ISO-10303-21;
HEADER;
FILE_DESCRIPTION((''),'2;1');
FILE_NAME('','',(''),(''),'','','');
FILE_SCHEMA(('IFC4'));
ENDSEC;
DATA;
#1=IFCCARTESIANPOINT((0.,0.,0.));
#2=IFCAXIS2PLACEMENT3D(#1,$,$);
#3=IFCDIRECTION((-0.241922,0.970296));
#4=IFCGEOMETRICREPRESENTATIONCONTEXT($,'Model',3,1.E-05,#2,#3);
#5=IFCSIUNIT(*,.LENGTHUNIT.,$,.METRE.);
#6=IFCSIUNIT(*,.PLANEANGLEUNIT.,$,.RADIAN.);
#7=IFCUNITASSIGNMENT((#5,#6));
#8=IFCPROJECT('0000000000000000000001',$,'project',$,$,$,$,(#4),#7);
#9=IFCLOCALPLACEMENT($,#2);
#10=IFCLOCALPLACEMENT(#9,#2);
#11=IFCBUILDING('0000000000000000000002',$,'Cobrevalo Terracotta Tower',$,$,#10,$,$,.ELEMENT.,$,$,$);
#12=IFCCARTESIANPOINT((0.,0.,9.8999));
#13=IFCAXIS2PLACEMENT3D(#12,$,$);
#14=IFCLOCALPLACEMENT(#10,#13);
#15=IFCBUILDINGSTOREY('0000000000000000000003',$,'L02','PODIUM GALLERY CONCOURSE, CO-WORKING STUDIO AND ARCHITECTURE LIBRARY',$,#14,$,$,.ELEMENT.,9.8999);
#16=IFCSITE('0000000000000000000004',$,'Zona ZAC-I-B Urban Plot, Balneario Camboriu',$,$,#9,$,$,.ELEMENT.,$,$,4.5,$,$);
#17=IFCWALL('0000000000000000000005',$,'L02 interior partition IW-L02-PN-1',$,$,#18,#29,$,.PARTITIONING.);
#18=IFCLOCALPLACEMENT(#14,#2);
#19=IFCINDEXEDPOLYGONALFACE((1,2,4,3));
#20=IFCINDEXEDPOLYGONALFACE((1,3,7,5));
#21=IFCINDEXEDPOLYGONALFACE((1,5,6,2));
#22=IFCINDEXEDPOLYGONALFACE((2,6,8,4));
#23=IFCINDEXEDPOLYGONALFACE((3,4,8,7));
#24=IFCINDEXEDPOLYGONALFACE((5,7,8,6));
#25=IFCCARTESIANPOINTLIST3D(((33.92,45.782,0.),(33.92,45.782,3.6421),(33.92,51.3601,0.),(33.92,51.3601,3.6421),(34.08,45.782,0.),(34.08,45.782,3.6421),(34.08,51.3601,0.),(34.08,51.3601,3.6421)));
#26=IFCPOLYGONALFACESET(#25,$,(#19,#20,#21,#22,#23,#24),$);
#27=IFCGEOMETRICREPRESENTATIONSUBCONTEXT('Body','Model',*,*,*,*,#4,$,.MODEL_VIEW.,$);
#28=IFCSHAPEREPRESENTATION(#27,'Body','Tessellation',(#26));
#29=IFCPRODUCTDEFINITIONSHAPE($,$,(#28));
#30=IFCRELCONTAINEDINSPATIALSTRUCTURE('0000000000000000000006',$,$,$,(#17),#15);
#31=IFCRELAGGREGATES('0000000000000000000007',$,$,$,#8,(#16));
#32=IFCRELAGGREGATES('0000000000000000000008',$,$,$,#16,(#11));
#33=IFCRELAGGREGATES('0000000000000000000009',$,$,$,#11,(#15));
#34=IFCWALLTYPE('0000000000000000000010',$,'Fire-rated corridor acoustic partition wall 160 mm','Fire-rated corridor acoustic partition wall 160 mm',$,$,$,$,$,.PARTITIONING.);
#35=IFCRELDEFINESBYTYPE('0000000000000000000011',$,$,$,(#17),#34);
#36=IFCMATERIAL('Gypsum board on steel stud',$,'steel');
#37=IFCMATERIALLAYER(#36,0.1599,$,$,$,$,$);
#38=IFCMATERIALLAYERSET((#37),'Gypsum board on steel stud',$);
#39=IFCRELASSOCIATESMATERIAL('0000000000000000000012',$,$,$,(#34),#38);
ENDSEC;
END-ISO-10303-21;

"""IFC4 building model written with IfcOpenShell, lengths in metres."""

from ifc_helpers import new_model, si_unit, direction, frame, frame_2d, origin, place, context, subcontext, project, spatial, rectangle, extrude, material, layer, layer_set, type_object, element, save


model = new_model("IFC4")

# Units and contexts
model_context = context("Model", 3, precision=1e-05, world=origin(), true_north=direction((-0.241922, 0.970296)))
body_context = subcontext(model_context, "Body", "Model", "MODEL_VIEW")
ifc_project = project(units=[si_unit("LENGTHUNIT", "METRE"), si_unit("PLANEANGLEUNIT", "RADIAN")], contexts=[model_context])

# Site, building, storey
site_placement = place(None, origin())
site = spatial("IfcSite", under=ifc_project, at=site_placement, Name="Zona ZAC-I-B Urban Plot, Balneario Camboriu", CompositionType="ELEMENT", RefElevation=4.5)
building_placement = place(site_placement, origin())
building = spatial("IfcBuilding", under=site, at=building_placement, Name="Cobrevalo Terracotta Tower", CompositionType="ELEMENT")
storey_placement = place(building_placement, frame((0.0, 0.0, 9.8999)))
storey = spatial("IfcBuildingStorey", under=building, at=storey_placement, Name="L02", Description="PODIUM GALLERY CONCOURSE, CO-WORKING STUDIO AND ARCHITECTURE LIBRARY", CompositionType="ELEMENT", Elevation=9.8999)

# Wall
ifc_material_1 = material(Name="Gypsum board on steel stud", Category="steel")
ifc_layer_1 = layer(ifc_material_1, 0.1599)
ifc_layer_set_1 = layer_set([ifc_layer_1], Name="Gypsum board on steel stud")
wall_type = type_object("IfcWallType", Name="Fire-rated corridor acoustic partition wall 160 mm", Description="Fire-rated corridor acoustic partition wall 160 mm", PredefinedType="PARTITIONING", material=ifc_layer_set_1)
wall_placement = place(storey_placement, frame((34.0, 45.782, 0.0), z_axis=(0.0, 0.0, 1.0), x_axis=(0.0, 1.0, 0.0)))
element("IfcWall", 1, at=wall_placement, inside=storey, type_object=wall_type, Name="L02 interior partition IW-L02-PN-1", PredefinedType="PARTITIONING", context=body_context, shape_type="SweptSolid", body=[
    extrude(rectangle(XDim=5.5781, YDim=0.1599, at=frame_2d((2.7891, 0.0))), origin(), (0.0, 0.0, 1.0), 3.6421),
])

save(model, "model.ifc")
